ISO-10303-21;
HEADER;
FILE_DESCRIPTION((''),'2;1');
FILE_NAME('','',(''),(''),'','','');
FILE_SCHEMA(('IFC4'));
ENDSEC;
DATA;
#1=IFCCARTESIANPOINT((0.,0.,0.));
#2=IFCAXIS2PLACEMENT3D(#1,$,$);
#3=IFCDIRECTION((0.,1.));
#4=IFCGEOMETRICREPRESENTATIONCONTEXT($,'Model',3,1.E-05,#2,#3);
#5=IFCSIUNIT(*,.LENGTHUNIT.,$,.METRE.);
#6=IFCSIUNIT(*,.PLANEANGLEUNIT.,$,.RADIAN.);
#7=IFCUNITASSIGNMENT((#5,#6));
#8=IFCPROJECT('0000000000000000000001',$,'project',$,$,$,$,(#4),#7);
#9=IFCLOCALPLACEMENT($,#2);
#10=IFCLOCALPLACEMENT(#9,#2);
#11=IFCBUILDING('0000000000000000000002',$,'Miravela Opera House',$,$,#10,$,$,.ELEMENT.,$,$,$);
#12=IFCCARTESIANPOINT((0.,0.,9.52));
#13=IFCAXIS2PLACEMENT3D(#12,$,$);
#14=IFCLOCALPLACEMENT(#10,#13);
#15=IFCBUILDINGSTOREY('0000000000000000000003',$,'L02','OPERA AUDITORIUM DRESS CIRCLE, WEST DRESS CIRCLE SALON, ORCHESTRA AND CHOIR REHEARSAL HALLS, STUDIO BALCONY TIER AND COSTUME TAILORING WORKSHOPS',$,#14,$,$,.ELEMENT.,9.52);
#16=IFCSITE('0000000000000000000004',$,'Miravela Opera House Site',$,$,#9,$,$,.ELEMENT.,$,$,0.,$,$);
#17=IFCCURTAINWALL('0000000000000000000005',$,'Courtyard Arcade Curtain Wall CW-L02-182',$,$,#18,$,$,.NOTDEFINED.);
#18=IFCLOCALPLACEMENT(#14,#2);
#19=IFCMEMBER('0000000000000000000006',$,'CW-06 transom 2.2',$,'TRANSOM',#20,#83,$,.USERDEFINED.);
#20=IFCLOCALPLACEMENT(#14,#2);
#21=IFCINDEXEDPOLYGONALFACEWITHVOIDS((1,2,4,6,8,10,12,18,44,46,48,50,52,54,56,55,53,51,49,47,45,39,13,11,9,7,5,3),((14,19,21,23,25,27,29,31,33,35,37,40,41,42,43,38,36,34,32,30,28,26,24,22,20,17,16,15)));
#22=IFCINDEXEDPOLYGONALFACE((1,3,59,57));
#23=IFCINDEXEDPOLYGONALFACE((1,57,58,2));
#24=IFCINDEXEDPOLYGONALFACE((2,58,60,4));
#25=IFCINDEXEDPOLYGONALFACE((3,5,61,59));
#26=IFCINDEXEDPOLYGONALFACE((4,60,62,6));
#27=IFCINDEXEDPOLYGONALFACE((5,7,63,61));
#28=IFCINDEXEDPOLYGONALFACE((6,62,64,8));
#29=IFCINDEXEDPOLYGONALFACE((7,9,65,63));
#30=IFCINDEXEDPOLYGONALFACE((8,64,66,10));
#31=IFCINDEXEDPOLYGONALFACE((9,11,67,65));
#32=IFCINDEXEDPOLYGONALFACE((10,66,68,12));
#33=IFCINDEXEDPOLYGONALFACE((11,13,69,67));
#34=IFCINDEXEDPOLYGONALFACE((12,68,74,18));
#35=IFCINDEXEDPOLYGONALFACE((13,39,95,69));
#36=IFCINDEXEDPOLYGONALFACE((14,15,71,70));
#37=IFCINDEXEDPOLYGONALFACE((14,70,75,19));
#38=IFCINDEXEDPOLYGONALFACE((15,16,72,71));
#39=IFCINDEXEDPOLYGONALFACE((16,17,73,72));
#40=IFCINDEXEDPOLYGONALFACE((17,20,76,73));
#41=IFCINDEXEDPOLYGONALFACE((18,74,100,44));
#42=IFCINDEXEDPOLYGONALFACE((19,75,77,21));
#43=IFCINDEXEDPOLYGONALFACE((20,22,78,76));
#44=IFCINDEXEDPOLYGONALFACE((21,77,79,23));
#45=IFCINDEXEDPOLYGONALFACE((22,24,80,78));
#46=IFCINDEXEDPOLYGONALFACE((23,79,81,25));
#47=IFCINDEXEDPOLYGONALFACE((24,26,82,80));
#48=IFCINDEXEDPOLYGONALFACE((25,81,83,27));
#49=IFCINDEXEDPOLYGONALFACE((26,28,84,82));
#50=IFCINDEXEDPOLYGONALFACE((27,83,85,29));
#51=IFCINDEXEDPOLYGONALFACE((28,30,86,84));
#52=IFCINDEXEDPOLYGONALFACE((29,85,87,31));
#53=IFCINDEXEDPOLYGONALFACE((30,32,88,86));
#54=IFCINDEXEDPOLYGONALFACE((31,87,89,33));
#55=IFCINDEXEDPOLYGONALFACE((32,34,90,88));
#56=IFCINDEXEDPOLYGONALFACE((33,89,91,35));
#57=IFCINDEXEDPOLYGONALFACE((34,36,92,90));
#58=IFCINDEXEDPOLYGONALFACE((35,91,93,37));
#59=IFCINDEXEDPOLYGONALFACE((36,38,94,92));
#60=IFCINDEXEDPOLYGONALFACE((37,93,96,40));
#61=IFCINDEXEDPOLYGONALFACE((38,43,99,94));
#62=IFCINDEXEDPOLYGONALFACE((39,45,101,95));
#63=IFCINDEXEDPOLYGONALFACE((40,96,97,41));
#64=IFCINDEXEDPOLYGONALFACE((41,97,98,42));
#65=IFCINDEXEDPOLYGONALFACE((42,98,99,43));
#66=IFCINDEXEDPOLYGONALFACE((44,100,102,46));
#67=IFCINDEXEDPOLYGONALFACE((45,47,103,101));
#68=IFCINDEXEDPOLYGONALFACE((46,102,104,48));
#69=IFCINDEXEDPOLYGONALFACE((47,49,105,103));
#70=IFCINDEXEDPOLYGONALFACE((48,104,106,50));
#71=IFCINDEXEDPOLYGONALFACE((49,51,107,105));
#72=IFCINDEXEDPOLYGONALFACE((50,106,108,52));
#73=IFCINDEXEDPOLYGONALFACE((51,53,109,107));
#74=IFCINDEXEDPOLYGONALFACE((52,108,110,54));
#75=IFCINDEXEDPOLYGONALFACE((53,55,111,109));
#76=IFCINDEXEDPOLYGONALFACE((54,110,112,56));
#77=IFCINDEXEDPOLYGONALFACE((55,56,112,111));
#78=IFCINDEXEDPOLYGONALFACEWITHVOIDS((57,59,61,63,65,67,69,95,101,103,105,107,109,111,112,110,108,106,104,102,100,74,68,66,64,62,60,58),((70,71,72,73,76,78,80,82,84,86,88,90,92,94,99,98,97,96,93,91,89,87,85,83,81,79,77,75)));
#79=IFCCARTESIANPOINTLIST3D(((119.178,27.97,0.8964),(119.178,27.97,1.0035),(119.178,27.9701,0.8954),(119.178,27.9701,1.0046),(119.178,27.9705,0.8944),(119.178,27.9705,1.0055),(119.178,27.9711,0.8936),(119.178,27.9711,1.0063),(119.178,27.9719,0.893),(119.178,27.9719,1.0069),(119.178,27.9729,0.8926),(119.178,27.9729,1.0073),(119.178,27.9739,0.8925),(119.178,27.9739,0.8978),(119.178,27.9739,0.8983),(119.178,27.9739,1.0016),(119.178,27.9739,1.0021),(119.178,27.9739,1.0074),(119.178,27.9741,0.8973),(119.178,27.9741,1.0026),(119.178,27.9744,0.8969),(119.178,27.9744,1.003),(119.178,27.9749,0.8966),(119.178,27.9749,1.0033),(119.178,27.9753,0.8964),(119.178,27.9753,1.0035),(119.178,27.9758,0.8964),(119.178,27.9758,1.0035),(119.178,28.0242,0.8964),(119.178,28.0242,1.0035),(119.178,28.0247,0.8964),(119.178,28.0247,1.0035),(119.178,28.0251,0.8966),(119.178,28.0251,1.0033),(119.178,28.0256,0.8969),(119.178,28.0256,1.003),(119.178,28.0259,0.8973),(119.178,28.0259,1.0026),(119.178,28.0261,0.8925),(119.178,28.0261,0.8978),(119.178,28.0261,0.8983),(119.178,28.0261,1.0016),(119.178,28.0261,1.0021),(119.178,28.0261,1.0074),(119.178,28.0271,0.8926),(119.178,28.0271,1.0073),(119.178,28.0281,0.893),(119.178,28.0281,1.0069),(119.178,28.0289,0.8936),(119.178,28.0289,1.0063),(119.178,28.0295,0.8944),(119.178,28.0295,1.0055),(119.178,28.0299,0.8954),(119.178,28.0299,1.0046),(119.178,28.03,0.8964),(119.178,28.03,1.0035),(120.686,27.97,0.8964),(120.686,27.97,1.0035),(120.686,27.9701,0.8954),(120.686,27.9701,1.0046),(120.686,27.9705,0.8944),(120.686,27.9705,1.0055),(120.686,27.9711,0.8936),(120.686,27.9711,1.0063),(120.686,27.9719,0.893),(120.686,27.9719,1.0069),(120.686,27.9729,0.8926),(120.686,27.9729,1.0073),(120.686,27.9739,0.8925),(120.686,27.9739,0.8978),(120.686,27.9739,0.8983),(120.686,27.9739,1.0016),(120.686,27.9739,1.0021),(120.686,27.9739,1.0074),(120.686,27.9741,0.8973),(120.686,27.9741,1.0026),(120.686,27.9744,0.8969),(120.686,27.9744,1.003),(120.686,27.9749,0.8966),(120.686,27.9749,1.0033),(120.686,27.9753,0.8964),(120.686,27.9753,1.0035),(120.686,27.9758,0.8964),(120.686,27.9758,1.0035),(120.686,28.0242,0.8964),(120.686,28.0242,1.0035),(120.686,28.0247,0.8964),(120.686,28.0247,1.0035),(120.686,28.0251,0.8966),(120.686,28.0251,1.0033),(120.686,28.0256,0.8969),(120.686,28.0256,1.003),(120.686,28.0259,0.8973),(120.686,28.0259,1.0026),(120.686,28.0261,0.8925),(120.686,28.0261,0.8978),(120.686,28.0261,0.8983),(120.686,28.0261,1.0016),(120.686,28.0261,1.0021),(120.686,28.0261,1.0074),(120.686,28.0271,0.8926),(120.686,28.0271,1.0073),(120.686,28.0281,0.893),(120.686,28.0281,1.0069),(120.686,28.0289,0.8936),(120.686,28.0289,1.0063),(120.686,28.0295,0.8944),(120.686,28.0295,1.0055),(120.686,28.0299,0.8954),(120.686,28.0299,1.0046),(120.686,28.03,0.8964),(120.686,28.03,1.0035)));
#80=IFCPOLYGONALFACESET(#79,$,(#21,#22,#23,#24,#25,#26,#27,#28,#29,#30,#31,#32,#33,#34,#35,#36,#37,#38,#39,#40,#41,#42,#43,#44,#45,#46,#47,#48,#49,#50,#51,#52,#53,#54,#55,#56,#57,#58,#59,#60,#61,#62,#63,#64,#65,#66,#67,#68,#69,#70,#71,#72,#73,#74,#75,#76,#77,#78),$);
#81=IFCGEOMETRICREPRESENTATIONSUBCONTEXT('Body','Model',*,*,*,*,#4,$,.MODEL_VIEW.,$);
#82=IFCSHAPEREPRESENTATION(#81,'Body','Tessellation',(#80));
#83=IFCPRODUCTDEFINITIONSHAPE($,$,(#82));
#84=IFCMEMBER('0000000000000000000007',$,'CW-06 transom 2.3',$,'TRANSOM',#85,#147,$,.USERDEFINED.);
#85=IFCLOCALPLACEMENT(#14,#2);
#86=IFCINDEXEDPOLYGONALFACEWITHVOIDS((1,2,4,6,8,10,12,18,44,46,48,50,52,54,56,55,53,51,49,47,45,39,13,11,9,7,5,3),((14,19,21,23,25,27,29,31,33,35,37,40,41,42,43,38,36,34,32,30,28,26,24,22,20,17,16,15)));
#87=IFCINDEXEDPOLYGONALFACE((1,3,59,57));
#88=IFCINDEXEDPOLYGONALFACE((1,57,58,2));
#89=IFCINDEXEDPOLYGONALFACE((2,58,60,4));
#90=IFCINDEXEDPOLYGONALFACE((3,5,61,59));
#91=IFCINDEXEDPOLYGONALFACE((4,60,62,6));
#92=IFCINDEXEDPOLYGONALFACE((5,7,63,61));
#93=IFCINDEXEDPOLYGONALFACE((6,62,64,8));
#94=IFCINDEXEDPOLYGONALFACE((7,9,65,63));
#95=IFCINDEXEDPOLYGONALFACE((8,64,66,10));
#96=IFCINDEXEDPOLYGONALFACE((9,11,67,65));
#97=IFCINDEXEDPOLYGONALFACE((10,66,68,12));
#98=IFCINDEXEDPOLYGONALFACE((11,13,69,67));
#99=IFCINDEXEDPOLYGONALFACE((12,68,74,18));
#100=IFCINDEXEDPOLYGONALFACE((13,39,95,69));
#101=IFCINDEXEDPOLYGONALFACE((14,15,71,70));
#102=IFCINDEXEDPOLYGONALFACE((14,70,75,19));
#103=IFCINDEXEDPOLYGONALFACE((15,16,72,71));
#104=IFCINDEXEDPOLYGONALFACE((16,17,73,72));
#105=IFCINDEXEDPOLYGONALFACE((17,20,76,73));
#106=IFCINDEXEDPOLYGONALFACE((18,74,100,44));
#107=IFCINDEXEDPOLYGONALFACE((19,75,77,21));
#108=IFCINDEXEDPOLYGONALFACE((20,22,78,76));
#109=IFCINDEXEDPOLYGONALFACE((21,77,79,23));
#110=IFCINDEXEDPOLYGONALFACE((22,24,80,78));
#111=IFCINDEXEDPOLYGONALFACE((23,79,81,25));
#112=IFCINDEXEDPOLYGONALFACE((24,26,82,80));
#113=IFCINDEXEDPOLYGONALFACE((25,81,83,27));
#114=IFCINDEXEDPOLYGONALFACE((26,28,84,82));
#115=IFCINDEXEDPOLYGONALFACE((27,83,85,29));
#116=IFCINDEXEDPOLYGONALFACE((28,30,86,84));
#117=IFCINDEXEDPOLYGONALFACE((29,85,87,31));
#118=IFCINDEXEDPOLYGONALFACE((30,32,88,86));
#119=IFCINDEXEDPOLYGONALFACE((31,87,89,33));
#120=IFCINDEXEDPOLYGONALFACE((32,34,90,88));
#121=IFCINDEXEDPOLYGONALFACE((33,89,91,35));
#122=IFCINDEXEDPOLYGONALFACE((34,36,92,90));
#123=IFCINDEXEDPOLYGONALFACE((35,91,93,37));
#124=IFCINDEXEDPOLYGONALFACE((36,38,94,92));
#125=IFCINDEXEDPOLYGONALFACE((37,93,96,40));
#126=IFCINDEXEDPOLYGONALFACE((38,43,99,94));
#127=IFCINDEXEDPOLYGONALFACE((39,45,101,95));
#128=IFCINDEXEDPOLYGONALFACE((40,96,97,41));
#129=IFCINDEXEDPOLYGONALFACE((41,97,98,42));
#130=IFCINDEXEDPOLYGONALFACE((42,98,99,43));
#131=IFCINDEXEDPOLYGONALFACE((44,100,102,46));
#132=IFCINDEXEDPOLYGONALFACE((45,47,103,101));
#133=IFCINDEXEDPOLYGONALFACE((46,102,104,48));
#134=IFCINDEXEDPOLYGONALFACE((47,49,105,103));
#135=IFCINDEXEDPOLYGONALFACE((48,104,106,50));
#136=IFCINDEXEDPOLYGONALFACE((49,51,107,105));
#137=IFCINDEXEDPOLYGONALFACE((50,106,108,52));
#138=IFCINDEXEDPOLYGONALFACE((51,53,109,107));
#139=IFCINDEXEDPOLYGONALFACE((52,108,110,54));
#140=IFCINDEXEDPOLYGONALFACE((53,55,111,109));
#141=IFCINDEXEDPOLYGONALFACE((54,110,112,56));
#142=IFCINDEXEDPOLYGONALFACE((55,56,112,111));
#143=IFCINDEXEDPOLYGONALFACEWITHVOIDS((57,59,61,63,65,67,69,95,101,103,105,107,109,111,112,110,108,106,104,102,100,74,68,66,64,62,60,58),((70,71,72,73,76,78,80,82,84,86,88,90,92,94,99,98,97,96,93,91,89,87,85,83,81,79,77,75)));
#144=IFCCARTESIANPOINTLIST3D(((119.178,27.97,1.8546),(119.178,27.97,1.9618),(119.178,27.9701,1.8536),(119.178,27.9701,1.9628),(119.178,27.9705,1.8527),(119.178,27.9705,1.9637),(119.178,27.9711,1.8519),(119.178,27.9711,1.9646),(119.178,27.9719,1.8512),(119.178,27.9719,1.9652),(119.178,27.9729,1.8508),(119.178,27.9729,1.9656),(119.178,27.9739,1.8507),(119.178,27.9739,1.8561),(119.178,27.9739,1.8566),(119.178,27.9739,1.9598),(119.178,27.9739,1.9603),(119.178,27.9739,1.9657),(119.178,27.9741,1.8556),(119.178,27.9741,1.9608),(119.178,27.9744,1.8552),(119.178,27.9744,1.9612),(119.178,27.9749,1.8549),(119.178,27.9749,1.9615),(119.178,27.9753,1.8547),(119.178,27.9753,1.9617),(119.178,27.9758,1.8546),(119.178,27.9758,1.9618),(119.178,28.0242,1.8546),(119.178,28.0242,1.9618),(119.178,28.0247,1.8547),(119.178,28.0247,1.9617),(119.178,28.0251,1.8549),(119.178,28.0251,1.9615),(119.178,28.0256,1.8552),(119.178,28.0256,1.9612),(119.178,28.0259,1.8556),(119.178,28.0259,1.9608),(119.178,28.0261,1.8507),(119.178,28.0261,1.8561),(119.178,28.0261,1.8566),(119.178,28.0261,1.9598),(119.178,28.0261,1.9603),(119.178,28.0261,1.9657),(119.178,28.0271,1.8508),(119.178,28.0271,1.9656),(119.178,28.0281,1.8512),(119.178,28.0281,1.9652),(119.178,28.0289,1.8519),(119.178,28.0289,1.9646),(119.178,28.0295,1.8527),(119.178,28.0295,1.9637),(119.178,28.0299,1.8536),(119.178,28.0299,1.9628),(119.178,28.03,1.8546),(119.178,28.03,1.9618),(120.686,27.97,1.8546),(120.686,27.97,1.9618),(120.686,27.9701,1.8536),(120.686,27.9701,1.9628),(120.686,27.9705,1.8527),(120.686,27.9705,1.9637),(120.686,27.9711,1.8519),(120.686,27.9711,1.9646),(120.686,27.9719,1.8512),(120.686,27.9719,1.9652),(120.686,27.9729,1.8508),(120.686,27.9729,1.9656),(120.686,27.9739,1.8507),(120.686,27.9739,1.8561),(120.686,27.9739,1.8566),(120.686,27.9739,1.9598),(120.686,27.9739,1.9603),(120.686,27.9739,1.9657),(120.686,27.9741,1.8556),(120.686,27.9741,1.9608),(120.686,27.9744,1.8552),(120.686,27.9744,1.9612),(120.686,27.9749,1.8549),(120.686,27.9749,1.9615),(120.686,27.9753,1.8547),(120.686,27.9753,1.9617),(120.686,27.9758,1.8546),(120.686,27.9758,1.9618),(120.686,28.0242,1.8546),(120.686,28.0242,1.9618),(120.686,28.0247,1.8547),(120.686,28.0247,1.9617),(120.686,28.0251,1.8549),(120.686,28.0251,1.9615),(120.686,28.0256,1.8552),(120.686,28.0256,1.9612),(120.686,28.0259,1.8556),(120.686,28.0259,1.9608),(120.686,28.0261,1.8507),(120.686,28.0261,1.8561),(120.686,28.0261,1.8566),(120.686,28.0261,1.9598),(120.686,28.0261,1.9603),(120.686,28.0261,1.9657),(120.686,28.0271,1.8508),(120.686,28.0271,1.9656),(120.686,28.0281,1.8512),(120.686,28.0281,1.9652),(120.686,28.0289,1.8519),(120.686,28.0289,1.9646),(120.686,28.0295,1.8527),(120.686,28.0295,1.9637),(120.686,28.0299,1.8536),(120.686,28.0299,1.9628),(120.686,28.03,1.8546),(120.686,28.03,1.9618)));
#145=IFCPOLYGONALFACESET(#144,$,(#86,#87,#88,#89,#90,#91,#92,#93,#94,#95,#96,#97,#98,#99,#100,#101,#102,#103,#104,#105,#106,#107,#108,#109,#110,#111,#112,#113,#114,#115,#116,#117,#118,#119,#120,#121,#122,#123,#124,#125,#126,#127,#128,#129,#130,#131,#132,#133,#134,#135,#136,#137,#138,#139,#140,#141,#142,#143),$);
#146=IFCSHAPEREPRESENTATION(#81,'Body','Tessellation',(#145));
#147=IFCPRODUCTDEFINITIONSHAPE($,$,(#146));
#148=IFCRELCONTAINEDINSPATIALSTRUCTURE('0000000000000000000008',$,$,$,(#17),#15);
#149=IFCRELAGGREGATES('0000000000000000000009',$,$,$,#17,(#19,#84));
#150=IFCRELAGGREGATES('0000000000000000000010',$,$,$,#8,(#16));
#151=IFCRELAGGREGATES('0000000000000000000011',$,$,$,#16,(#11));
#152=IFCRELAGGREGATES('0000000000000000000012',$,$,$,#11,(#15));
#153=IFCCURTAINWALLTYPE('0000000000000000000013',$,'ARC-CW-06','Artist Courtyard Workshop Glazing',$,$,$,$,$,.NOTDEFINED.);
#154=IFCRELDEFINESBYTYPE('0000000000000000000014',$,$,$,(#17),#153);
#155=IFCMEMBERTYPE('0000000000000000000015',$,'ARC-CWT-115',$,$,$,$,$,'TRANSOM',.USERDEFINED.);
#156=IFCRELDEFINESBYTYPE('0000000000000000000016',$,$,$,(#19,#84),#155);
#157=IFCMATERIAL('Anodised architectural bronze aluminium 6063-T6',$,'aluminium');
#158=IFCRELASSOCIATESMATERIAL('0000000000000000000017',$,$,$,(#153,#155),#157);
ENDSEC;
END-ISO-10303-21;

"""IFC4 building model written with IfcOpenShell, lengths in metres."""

from ifc_helpers import new_model, si_unit, direction, frame, origin, origin_2d, place, context, subcontext, project, spatial, hollow_rectangle, extrude, material, material_profile, profile_set, type_object, element, aggregate, save


model = new_model("IFC4")

# Units and contexts
model_context = context("Model", 3, precision=1e-05, world=origin(), true_north=direction((0.0, 1.0)))
body_context = subcontext(model_context, "Body", "Model", "MODEL_VIEW")
ifc_project = project(units=[si_unit("LENGTHUNIT", "METRE"), si_unit("PLANEANGLEUNIT", "RADIAN")], contexts=[model_context])

# Site, building, storey
site_placement = place(None, origin())
site = spatial("IfcSite", under=ifc_project, at=site_placement, Name="Miravela Opera House Site", CompositionType="ELEMENT", RefElevation=0.0)
building_placement = place(site_placement, origin())
building = spatial("IfcBuilding", under=site, at=building_placement, Name="Miravela Opera House", CompositionType="ELEMENT")
storey_placement = place(building_placement, frame((0.0, 0.0, 9.52)))
storey = spatial("IfcBuildingStorey", under=building, at=storey_placement, Name="L02", Description="OPERA AUDITORIUM DRESS CIRCLE, WEST DRESS CIRCLE SALON, ORCHESTRA AND CHOIR REHEARSAL HALLS, STUDIO BALCONY TIER AND COSTUME TAILORING WORKSHOPS", CompositionType="ELEMENT", Elevation=9.52)

# Curtain wall, members
ifc_material_1 = material(Name="Anodised architectural bronze aluminium 6063-T6", Category="aluminium")
curtain_wall_type = type_object("IfcCurtainWallType", Name="ARC-CW-06", Description="Artist Courtyard Workshop Glazing", PredefinedType="NOTDEFINED", material=ifc_material_1)
curtain_wall_placement = place(storey_placement, origin())
curtain_wall = element("IfcCurtainWall", 1, at=curtain_wall_placement, inside=storey, type_object=curtain_wall_type, Name="Courtyard Arcade Curtain Wall CW-L02-182", PredefinedType="NOTDEFINED")
ifc_material_profile_1 = material_profile(ifc_material_1, hollow_rectangle(XDim=0.0601, YDim=0.115, WallThickness=0.0039, InnerFilletRadius=0.002, OuterFilletRadius=0.0039, at=origin_2d()), Name="CWT-60X115")
ifc_profile_set_1 = profile_set([ifc_material_profile_1])
member_type_1 = type_object("IfcMemberType", Name="ARC-CWT-115", ElementType="TRANSOM", PredefinedType="USERDEFINED", material=ifc_profile_set_1)
member_1_placement = place(storey_placement, frame((119.178, 28.0, 0.95), z_axis=(1.0, 0.0, 0.0), x_axis=(0.0, 1.0, 0.0)))
member_1 = element("IfcMember", 2, at=member_1_placement, type_object=member_type_1, Name="CW-06 transom 2.2", ObjectType="TRANSOM", PredefinedType="USERDEFINED", context=body_context, shape_type="SweptSolid", body=[
    extrude(hollow_rectangle(XDim=0.0601, YDim=0.115, WallThickness=0.0039, InnerFilletRadius=0.002, OuterFilletRadius=0.0039, at=origin_2d()), origin(), (0.0, 0.0, 1.0), 1.5081),
])
member_2_placement = place(storey_placement, frame((119.178, 28.0, 1.9082), z_axis=(1.0, 0.0, 0.0), x_axis=(0.0, 1.0, 0.0)))
member_2 = element("IfcMember", 3, at=member_2_placement, type_object=member_type_1, Name="CW-06 transom 2.3", ObjectType="TRANSOM", PredefinedType="USERDEFINED", context=body_context, shape_type="SweptSolid", body=[
    extrude(hollow_rectangle(XDim=0.0601, YDim=0.115, WallThickness=0.0039, InnerFilletRadius=0.002, OuterFilletRadius=0.0039, at=origin_2d()), origin(), (0.0, 0.0, 1.0), 1.5081),
])
aggregate(curtain_wall, [member_1, member_2])

save(model, "model.ifc")
